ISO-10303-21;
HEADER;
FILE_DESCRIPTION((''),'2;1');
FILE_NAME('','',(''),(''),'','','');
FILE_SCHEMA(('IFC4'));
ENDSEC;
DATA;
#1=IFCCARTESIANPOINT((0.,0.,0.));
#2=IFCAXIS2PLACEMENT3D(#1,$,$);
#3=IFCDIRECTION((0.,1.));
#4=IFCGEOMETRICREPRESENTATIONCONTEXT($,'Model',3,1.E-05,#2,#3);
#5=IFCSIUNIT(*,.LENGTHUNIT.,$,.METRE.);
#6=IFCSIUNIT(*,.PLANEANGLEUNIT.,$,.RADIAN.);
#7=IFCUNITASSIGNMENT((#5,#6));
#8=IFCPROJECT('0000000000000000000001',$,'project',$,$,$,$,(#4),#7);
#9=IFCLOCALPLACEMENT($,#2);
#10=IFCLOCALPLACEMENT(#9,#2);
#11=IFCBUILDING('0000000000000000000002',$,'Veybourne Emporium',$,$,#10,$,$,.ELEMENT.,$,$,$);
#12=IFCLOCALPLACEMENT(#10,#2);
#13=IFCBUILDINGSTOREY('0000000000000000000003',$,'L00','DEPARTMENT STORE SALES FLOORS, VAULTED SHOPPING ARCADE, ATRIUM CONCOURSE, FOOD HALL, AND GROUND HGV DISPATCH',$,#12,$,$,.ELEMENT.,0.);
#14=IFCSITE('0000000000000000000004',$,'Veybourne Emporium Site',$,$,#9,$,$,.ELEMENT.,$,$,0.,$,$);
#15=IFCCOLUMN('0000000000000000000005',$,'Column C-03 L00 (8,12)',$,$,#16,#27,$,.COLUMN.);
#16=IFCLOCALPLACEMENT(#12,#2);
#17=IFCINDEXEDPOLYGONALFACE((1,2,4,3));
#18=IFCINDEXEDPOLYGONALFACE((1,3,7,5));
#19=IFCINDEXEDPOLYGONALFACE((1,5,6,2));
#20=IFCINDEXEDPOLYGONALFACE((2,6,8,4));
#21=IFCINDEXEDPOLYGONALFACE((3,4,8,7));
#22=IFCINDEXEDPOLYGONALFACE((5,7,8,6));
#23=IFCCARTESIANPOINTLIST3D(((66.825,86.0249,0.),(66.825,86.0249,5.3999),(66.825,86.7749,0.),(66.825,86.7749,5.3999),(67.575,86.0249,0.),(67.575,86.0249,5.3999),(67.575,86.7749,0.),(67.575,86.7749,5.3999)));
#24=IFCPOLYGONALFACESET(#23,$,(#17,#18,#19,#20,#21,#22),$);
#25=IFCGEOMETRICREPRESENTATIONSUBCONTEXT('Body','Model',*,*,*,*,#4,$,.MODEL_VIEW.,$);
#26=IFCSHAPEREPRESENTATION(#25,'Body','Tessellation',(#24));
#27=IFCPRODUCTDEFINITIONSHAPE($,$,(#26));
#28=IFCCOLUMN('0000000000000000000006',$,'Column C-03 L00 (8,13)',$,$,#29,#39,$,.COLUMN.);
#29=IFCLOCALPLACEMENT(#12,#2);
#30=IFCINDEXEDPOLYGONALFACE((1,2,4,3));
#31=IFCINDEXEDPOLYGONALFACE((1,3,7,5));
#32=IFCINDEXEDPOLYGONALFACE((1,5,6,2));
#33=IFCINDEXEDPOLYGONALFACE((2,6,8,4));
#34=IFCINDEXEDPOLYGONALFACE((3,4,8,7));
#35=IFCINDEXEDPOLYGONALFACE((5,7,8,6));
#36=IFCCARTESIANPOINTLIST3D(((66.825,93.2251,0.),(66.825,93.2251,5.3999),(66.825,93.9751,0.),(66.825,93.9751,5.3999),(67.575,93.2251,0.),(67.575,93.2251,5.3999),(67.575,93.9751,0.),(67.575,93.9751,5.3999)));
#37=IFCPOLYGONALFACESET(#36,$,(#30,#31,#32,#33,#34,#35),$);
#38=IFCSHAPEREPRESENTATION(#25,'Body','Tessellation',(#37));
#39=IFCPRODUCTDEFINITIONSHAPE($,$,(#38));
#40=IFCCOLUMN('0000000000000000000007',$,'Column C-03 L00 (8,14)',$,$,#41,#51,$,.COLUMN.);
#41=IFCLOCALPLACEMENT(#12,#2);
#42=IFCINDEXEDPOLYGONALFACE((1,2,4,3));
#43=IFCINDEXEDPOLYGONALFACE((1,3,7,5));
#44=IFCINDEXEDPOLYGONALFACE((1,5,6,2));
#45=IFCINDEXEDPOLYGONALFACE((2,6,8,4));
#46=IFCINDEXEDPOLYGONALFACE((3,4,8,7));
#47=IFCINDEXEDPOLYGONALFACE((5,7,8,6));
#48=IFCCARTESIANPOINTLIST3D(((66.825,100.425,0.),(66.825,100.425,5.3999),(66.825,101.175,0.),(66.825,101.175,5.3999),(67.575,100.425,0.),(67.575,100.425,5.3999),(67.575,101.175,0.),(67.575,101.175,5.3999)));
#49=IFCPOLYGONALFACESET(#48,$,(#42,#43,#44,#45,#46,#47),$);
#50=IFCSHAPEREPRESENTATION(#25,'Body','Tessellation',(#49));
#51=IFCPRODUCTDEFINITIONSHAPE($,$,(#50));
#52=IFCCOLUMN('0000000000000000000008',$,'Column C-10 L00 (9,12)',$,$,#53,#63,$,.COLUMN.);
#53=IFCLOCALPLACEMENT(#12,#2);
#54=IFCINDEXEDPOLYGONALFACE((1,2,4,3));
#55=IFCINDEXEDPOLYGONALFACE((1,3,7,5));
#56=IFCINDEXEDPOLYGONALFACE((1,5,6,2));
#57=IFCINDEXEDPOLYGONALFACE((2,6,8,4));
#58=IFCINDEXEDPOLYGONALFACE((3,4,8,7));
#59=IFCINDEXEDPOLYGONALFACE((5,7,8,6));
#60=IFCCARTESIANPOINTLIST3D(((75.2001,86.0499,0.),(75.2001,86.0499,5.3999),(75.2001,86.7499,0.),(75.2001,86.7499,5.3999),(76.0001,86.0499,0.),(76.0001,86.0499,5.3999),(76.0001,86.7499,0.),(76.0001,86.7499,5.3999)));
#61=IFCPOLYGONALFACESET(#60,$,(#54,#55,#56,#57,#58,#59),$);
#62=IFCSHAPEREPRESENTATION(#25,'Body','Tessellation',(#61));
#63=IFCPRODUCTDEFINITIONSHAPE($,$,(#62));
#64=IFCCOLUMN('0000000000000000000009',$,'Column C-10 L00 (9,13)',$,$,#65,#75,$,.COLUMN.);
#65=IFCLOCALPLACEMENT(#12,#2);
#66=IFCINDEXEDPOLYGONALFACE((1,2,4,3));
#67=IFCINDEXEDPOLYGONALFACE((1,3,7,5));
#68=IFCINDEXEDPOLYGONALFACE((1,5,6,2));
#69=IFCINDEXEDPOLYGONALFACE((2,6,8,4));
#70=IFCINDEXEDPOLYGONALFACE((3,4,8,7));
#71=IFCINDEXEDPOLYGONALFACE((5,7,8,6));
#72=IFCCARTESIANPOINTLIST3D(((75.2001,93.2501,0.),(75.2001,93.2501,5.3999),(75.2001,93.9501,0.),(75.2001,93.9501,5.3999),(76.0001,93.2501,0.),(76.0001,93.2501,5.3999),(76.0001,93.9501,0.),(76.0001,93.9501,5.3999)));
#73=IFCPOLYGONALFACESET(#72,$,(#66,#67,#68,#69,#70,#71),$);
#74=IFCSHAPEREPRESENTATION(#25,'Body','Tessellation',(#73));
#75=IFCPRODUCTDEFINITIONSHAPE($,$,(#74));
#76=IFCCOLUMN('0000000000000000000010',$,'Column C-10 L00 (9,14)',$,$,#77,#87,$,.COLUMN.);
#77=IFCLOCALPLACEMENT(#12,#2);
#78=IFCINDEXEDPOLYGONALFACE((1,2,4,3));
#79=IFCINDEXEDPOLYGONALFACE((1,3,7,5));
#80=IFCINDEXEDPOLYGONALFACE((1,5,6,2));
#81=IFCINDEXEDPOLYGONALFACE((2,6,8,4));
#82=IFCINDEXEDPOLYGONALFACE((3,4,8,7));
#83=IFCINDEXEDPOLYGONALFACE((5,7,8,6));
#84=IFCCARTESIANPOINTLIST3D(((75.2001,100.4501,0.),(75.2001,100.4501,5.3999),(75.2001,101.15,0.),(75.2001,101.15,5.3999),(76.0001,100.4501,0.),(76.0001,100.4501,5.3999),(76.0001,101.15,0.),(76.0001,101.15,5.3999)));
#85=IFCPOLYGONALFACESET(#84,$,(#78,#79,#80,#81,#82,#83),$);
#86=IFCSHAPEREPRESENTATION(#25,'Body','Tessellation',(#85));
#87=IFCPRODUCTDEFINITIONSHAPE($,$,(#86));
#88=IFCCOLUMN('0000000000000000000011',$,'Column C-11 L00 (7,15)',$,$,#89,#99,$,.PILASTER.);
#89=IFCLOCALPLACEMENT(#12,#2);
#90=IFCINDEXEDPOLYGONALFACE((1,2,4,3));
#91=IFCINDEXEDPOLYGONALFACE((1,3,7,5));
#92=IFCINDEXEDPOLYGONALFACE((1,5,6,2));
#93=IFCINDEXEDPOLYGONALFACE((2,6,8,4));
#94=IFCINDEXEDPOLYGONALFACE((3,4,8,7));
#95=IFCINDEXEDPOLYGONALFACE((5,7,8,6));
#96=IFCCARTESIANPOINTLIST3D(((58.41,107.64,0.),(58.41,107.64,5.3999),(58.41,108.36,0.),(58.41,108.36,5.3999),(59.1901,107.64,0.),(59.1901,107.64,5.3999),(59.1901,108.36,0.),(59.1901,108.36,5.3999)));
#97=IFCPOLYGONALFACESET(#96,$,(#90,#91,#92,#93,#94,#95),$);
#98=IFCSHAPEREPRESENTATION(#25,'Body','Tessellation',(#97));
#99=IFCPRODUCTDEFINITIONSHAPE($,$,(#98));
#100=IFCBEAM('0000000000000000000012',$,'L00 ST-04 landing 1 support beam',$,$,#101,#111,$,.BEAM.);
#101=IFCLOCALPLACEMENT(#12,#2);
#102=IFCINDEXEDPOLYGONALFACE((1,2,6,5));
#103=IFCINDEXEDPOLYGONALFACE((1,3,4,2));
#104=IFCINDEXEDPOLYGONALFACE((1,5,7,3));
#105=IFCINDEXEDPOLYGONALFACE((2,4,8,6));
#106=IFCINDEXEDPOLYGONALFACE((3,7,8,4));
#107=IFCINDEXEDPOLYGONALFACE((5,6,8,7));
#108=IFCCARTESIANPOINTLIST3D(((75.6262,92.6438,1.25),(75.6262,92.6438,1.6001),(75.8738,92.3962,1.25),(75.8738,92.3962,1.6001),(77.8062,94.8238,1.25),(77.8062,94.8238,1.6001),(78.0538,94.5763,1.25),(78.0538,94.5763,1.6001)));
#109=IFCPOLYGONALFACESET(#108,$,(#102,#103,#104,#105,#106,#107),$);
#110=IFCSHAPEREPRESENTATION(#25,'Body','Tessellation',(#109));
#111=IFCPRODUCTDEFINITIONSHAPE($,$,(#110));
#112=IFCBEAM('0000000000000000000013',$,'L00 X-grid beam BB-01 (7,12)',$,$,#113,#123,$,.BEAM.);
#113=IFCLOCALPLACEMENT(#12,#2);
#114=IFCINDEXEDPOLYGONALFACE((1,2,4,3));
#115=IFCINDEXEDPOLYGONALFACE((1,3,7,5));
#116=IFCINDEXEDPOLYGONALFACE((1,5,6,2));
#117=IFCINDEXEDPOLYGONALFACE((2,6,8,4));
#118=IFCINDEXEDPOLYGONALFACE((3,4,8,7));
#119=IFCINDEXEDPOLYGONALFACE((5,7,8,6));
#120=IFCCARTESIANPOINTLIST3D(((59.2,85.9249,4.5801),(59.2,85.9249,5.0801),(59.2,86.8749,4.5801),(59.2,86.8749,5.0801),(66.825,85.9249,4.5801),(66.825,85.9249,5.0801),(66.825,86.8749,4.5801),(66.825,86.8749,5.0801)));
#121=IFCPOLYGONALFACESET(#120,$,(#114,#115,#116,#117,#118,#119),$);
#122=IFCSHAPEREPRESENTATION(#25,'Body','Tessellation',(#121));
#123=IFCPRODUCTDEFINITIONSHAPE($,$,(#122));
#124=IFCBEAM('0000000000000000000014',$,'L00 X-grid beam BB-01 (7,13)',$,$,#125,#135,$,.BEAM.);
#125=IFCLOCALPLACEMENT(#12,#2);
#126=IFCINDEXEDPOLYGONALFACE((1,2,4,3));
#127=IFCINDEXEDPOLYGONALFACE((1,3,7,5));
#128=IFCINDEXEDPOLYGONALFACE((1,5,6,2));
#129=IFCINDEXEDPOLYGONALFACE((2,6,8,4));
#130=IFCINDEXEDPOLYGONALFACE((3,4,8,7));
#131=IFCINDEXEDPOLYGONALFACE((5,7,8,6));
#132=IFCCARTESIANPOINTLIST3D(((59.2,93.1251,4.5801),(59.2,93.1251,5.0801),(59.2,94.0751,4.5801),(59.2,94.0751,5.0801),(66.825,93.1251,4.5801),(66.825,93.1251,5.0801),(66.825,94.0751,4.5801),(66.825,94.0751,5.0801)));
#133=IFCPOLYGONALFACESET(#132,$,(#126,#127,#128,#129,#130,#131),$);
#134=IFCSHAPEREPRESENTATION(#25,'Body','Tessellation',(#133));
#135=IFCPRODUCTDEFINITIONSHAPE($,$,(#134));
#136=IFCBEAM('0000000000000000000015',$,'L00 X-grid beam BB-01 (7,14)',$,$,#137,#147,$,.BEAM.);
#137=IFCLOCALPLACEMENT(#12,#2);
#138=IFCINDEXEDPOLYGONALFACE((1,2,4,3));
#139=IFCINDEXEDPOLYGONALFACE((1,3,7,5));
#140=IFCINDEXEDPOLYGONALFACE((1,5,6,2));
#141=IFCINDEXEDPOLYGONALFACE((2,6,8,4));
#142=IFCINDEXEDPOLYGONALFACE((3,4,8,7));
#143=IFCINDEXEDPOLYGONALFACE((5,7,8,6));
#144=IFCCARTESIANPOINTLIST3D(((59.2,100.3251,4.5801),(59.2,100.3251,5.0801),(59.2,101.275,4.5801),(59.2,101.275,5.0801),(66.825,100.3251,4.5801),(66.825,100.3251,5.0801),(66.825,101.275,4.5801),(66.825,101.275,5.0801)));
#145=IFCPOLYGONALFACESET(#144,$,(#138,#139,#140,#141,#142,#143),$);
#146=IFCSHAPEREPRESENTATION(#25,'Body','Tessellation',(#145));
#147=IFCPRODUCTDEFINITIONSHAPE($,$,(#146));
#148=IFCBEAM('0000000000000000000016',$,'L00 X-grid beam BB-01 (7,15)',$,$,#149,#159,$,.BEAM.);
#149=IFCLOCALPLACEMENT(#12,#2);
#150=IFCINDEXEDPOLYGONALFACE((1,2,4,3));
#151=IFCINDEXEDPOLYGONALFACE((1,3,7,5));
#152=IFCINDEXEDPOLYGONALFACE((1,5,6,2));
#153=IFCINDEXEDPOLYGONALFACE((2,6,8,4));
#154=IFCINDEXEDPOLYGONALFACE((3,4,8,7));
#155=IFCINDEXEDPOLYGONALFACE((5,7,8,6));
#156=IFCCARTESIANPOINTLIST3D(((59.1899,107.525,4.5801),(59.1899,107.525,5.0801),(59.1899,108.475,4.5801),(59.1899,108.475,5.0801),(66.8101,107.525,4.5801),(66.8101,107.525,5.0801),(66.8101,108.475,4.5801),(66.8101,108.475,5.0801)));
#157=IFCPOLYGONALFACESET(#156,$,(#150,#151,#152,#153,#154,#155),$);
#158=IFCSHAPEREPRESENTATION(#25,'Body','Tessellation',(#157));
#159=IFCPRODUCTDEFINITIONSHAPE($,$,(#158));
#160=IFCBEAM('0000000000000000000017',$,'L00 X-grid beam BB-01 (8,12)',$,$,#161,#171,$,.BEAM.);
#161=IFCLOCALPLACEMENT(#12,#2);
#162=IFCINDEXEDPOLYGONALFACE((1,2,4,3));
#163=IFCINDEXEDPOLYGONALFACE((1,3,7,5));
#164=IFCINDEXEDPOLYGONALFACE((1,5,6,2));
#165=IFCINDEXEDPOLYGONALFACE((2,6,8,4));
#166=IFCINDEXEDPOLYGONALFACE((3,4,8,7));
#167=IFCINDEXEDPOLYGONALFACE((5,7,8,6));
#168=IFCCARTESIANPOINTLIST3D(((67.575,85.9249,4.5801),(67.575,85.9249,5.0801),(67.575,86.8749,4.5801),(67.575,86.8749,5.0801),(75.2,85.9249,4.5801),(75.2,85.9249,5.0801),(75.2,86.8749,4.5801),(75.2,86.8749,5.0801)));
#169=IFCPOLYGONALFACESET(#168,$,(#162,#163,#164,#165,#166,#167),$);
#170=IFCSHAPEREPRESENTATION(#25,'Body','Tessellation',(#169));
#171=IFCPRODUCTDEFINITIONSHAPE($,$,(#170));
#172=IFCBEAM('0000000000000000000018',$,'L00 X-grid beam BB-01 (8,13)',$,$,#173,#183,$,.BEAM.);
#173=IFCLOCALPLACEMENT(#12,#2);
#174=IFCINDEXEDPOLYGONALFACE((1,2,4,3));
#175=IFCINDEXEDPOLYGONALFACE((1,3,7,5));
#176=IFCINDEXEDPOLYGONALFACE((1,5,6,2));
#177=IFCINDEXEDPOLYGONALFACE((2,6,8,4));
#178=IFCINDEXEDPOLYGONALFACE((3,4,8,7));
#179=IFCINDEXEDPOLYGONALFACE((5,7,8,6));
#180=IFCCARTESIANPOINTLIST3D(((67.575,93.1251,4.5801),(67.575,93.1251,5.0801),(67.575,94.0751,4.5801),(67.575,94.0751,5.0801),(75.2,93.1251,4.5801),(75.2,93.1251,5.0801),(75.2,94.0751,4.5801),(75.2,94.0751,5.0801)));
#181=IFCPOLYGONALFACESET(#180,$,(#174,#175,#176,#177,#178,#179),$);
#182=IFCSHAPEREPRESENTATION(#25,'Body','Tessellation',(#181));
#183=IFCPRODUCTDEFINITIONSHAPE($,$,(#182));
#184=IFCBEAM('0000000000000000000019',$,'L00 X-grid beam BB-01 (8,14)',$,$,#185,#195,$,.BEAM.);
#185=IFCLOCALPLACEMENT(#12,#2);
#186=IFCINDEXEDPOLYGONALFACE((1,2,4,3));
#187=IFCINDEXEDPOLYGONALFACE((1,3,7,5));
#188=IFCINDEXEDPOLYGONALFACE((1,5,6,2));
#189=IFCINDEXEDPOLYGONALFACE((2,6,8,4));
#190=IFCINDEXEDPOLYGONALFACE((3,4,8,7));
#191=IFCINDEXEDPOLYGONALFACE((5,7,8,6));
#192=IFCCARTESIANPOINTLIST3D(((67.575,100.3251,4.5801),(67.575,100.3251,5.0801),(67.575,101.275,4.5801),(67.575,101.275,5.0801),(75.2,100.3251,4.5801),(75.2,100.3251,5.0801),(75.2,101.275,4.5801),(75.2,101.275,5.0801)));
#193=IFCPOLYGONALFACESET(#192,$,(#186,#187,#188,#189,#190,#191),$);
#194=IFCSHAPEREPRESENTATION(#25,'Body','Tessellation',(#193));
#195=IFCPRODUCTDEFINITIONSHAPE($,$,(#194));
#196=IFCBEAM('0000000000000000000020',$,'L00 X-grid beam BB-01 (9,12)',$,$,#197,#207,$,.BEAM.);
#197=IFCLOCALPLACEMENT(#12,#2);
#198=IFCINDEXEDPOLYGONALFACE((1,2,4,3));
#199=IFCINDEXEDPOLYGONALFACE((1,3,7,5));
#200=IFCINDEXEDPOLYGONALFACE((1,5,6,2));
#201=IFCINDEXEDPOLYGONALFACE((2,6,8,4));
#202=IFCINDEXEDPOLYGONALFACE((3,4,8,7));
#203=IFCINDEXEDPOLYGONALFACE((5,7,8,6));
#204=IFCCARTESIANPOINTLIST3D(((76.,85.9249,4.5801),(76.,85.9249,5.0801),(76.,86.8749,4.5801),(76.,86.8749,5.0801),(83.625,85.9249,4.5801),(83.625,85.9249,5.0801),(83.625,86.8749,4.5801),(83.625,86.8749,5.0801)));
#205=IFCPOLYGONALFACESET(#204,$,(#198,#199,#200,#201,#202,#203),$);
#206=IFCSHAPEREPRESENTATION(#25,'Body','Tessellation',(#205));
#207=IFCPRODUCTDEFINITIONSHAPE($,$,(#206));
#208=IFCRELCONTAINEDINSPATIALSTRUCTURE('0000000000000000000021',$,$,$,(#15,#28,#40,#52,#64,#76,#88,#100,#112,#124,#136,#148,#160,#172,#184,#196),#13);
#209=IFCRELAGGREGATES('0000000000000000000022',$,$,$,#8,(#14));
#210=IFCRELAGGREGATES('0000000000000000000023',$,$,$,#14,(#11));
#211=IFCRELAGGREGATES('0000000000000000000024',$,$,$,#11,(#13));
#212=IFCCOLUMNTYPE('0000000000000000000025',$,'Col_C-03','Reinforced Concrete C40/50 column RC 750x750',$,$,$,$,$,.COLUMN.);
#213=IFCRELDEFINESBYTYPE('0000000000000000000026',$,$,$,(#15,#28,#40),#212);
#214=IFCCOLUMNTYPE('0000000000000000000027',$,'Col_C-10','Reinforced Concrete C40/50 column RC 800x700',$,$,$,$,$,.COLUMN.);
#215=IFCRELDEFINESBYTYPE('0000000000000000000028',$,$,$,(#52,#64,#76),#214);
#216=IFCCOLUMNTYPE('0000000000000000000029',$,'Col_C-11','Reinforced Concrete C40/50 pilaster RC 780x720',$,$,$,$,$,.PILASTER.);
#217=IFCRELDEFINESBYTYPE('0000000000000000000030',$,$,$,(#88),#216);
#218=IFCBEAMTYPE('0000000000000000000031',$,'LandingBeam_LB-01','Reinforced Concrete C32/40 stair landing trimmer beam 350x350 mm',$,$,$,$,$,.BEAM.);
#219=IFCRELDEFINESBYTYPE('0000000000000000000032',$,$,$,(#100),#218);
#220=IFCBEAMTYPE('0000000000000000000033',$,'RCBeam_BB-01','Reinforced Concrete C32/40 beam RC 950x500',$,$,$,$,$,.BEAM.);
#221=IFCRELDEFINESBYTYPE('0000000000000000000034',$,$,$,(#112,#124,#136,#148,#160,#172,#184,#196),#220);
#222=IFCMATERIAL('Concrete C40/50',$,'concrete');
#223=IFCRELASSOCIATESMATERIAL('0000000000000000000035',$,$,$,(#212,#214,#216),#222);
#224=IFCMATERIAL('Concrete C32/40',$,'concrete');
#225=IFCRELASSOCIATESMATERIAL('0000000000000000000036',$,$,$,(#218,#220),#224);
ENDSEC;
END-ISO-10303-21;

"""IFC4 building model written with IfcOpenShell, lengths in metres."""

from ifc_helpers import new_model, si_unit, direction, frame, origin, origin_2d, place, context, subcontext, project, spatial, rectangle, extrude, material, material_profile, profile_set, type_object, element, save


model = new_model("IFC4")

# Units and contexts
model_context = context("Model", 3, precision=1e-05, world=origin(), true_north=direction((0.0, 1.0)))
body_context = subcontext(model_context, "Body", "Model", "MODEL_VIEW")
ifc_project = project(units=[si_unit("LENGTHUNIT", "METRE"), si_unit("PLANEANGLEUNIT", "RADIAN")], contexts=[model_context])

# Site, building, storey
site_placement = place(None, origin())
site = spatial("IfcSite", under=ifc_project, at=site_placement, Name="Veybourne Emporium Site", CompositionType="ELEMENT", RefElevation=0.0)
building_placement = place(site_placement, origin())
building = spatial("IfcBuilding", under=site, at=building_placement, Name="Veybourne Emporium", CompositionType="ELEMENT")
storey_placement = place(building_placement, origin())
storey = spatial("IfcBuildingStorey", under=building, at=storey_placement, Name="L00", Description="DEPARTMENT STORE SALES FLOORS, VAULTED SHOPPING ARCADE, ATRIUM CONCOURSE, FOOD HALL, AND GROUND HGV DISPATCH", CompositionType="ELEMENT", Elevation=0.0)

# Columns
ifc_material_1 = material(Name="Concrete C40/50", Category="concrete")
ifc_material_profile_1 = material_profile(ifc_material_1, rectangle(XDim=0.75, YDim=0.75, at=origin_2d()), Name="RC 750x750")
ifc_profile_set_1 = profile_set([ifc_material_profile_1], Name="Concrete C40/50")
column_type_1 = type_object("IfcColumnType", Name="Col_C-03", Description="Reinforced Concrete C40/50 column RC 750x750", PredefinedType="COLUMN", material=ifc_profile_set_1)
for number, where, z_axis, x_axis, name in (
    (1, (67.2, 86.3999, 0.0), (0.0, 0.0, 1.0), (1.0, 0.0, 0.0), "Column C-03 L00 (8,12)"),
    (2, (67.2, 93.6001, 0.0), (0.0, 0.0, 1.0), (1.0, 0.0, 0.0), "Column C-03 L00 (8,13)"),
    (3, (67.2, 100.8, 0.0), (0.0, 0.0, 1.0), (1.0, 0.0, 0.0), "Column C-03 L00 (8,14)"),
):
    element("IfcColumn", number, at=place(storey_placement, frame(where, z_axis=z_axis, x_axis=x_axis)), inside=storey, type_object=column_type_1, Name=name, PredefinedType="COLUMN", context=body_context, shape_type="SweptSolid", body=[
        extrude(rectangle(XDim=0.75, YDim=0.75, at=origin_2d()), origin(), (0.0, 0.0, 1.0), 5.3999),
    ])
ifc_material_profile_2 = material_profile(ifc_material_1, rectangle(XDim=0.8, YDim=0.7, at=origin_2d()), Name="RC 800x700")
ifc_profile_set_2 = profile_set([ifc_material_profile_2], Name="Concrete C40/50")
column_type_2 = type_object("IfcColumnType", Name="Col_C-10", Description="Reinforced Concrete C40/50 column RC 800x700", PredefinedType="COLUMN", material=ifc_profile_set_2)
for number, where, z_axis, x_axis, name in (
    (4, (75.6001, 86.3999, 0.0), (0.0, 0.0, 1.0), (1.0, 0.0, 0.0), "Column C-10 L00 (9,12)"),
    (5, (75.6001, 93.6001, 0.0), (0.0, 0.0, 1.0), (1.0, 0.0, 0.0), "Column C-10 L00 (9,13)"),
    (6, (75.6001, 100.8, 0.0), (0.0, 0.0, 1.0), (1.0, 0.0, 0.0), "Column C-10 L00 (9,14)"),
):
    element("IfcColumn", number, at=place(storey_placement, frame(where, z_axis=z_axis, x_axis=x_axis)), inside=storey, type_object=column_type_2, Name=name, PredefinedType="COLUMN", context=body_context, shape_type="SweptSolid", body=[
        extrude(rectangle(XDim=0.8, YDim=0.7, at=origin_2d()), origin(), (0.0, 0.0, 1.0), 5.3999),
    ])
ifc_material_profile_3 = material_profile(ifc_material_1, rectangle(XDim=0.78, YDim=0.72, at=origin_2d()), Name="RC 780x720")
ifc_profile_set_3 = profile_set([ifc_material_profile_3], Name="Concrete C40/50")
column_type_3 = type_object("IfcColumnType", Name="Col_C-11", Description="Reinforced Concrete C40/50 pilaster RC 780x720", PredefinedType="PILASTER", material=ifc_profile_set_3)
column_placement = place(storey_placement, frame((58.8, 108.0, 0.0), z_axis=(0.0, 0.0, 1.0), x_axis=(1.0, 0.0, 0.0)))
element("IfcColumn", 7, at=column_placement, inside=storey, type_object=column_type_3, Name="Column C-11 L00 (7,15)", PredefinedType="PILASTER", context=body_context, shape_type="SweptSolid", body=[
    extrude(rectangle(XDim=0.78, YDim=0.72, at=origin_2d()), origin(), (0.0, 0.0, 1.0), 5.3999),
])

# Beams
ifc_material_2 = material(Name="Concrete C32/40", Category="concrete")
ifc_material_profile_4 = material_profile(ifc_material_2, rectangle(XDim=0.3501, YDim=0.3501, at=origin_2d()), Name="RC 350x350")
ifc_profile_set_4 = profile_set([ifc_material_profile_4], Name="Concrete C32/40")
beam_type_1 = type_object("IfcBeamType", Name="LandingBeam_LB-01", Description="Reinforced Concrete C32/40 stair landing trimmer beam 350x350 mm", PredefinedType="BEAM", material=ifc_profile_set_4)
beam_1_placement = place(storey_placement, frame((75.75, 92.52, 1.425), z_axis=(0.707107, 0.707107, 0.0), x_axis=(-0.707107, 0.707107, 0.0)))
element("IfcBeam", 8, at=beam_1_placement, inside=storey, type_object=beam_type_1, Name="L00 ST-04 landing 1 support beam", PredefinedType="BEAM", context=body_context, shape_type="SweptSolid", body=[
    extrude(rectangle(XDim=0.3501, YDim=0.3501, at=origin_2d()), origin(), (0.0, 0.0, 1.0), 3.083),
])
ifc_material_profile_5 = material_profile(ifc_material_2, rectangle(XDim=0.95, YDim=0.5, at=origin_2d()), Name="RC 950x500")
ifc_profile_set_5 = profile_set([ifc_material_profile_5], Name="Concrete C32/40")
beam_type_2 = type_object("IfcBeamType", Name="RCBeam_BB-01", Description="Reinforced Concrete C32/40 beam RC 950x500", PredefinedType="BEAM", material=ifc_profile_set_5)
for number, where, z_axis, x_axis, name in (
    (9, (59.2, 86.3999, 4.8301), (1.0, 0.0, 0.0), (0.0, 1.0, 0.0), "L00 X-grid beam BB-01 (7,12)"),
    (10, (59.2, 93.6001, 4.8301), (1.0, 0.0, 0.0), (0.0, 1.0, 0.0), "L00 X-grid beam BB-01 (7,13)"),
    (11, (59.2, 100.8, 4.8301), (1.0, 0.0, 0.0), (0.0, 1.0, 0.0), "L00 X-grid beam BB-01 (7,14)"),
):
    element("IfcBeam", number, at=place(storey_placement, frame(where, z_axis=z_axis, x_axis=x_axis)), inside=storey, type_object=beam_type_2, Name=name, PredefinedType="BEAM", context=body_context, shape_type="SweptSolid", body=[
        extrude(rectangle(XDim=0.95, YDim=0.5, at=origin_2d()), origin(), (0.0, 0.0, 1.0), 7.625),
    ])
beam_2_placement = place(storey_placement, frame((59.1899, 108.0, 4.8301), z_axis=(1.0, 0.0, 0.0), x_axis=(0.0, 1.0, 0.0)))
element("IfcBeam", 12, at=beam_2_placement, inside=storey, type_object=beam_type_2, Name="L00 X-grid beam BB-01 (7,15)", PredefinedType="BEAM", context=body_context, shape_type="SweptSolid", body=[
    extrude(rectangle(XDim=0.95, YDim=0.5, at=origin_2d()), origin(), (0.0, 0.0, 1.0), 7.6201),
])
for number, where, z_axis, x_axis, name in (
    (13, (67.575, 86.3999, 4.8301), (1.0, 0.0, 0.0), (0.0, 1.0, 0.0), "L00 X-grid beam BB-01 (8,12)"),
    (14, (67.575, 93.6001, 4.8301), (1.0, 0.0, 0.0), (0.0, 1.0, 0.0), "L00 X-grid beam BB-01 (8,13)"),
    (15, (67.575, 100.8, 4.8301), (1.0, 0.0, 0.0), (0.0, 1.0, 0.0), "L00 X-grid beam BB-01 (8,14)"),
    (16, (76.0, 86.3999, 4.8301), (1.0, 0.0, 0.0), (0.0, 1.0, 0.0), "L00 X-grid beam BB-01 (9,12)"),
):
    element("IfcBeam", number, at=place(storey_placement, frame(where, z_axis=z_axis, x_axis=x_axis)), inside=storey, type_object=beam_type_2, Name=name, PredefinedType="BEAM", context=body_context, shape_type="SweptSolid", body=[
        extrude(rectangle(XDim=0.95, YDim=0.5, at=origin_2d()), origin(), (0.0, 0.0, 1.0), 7.625),
    ])

save(model, "model.ifc")
